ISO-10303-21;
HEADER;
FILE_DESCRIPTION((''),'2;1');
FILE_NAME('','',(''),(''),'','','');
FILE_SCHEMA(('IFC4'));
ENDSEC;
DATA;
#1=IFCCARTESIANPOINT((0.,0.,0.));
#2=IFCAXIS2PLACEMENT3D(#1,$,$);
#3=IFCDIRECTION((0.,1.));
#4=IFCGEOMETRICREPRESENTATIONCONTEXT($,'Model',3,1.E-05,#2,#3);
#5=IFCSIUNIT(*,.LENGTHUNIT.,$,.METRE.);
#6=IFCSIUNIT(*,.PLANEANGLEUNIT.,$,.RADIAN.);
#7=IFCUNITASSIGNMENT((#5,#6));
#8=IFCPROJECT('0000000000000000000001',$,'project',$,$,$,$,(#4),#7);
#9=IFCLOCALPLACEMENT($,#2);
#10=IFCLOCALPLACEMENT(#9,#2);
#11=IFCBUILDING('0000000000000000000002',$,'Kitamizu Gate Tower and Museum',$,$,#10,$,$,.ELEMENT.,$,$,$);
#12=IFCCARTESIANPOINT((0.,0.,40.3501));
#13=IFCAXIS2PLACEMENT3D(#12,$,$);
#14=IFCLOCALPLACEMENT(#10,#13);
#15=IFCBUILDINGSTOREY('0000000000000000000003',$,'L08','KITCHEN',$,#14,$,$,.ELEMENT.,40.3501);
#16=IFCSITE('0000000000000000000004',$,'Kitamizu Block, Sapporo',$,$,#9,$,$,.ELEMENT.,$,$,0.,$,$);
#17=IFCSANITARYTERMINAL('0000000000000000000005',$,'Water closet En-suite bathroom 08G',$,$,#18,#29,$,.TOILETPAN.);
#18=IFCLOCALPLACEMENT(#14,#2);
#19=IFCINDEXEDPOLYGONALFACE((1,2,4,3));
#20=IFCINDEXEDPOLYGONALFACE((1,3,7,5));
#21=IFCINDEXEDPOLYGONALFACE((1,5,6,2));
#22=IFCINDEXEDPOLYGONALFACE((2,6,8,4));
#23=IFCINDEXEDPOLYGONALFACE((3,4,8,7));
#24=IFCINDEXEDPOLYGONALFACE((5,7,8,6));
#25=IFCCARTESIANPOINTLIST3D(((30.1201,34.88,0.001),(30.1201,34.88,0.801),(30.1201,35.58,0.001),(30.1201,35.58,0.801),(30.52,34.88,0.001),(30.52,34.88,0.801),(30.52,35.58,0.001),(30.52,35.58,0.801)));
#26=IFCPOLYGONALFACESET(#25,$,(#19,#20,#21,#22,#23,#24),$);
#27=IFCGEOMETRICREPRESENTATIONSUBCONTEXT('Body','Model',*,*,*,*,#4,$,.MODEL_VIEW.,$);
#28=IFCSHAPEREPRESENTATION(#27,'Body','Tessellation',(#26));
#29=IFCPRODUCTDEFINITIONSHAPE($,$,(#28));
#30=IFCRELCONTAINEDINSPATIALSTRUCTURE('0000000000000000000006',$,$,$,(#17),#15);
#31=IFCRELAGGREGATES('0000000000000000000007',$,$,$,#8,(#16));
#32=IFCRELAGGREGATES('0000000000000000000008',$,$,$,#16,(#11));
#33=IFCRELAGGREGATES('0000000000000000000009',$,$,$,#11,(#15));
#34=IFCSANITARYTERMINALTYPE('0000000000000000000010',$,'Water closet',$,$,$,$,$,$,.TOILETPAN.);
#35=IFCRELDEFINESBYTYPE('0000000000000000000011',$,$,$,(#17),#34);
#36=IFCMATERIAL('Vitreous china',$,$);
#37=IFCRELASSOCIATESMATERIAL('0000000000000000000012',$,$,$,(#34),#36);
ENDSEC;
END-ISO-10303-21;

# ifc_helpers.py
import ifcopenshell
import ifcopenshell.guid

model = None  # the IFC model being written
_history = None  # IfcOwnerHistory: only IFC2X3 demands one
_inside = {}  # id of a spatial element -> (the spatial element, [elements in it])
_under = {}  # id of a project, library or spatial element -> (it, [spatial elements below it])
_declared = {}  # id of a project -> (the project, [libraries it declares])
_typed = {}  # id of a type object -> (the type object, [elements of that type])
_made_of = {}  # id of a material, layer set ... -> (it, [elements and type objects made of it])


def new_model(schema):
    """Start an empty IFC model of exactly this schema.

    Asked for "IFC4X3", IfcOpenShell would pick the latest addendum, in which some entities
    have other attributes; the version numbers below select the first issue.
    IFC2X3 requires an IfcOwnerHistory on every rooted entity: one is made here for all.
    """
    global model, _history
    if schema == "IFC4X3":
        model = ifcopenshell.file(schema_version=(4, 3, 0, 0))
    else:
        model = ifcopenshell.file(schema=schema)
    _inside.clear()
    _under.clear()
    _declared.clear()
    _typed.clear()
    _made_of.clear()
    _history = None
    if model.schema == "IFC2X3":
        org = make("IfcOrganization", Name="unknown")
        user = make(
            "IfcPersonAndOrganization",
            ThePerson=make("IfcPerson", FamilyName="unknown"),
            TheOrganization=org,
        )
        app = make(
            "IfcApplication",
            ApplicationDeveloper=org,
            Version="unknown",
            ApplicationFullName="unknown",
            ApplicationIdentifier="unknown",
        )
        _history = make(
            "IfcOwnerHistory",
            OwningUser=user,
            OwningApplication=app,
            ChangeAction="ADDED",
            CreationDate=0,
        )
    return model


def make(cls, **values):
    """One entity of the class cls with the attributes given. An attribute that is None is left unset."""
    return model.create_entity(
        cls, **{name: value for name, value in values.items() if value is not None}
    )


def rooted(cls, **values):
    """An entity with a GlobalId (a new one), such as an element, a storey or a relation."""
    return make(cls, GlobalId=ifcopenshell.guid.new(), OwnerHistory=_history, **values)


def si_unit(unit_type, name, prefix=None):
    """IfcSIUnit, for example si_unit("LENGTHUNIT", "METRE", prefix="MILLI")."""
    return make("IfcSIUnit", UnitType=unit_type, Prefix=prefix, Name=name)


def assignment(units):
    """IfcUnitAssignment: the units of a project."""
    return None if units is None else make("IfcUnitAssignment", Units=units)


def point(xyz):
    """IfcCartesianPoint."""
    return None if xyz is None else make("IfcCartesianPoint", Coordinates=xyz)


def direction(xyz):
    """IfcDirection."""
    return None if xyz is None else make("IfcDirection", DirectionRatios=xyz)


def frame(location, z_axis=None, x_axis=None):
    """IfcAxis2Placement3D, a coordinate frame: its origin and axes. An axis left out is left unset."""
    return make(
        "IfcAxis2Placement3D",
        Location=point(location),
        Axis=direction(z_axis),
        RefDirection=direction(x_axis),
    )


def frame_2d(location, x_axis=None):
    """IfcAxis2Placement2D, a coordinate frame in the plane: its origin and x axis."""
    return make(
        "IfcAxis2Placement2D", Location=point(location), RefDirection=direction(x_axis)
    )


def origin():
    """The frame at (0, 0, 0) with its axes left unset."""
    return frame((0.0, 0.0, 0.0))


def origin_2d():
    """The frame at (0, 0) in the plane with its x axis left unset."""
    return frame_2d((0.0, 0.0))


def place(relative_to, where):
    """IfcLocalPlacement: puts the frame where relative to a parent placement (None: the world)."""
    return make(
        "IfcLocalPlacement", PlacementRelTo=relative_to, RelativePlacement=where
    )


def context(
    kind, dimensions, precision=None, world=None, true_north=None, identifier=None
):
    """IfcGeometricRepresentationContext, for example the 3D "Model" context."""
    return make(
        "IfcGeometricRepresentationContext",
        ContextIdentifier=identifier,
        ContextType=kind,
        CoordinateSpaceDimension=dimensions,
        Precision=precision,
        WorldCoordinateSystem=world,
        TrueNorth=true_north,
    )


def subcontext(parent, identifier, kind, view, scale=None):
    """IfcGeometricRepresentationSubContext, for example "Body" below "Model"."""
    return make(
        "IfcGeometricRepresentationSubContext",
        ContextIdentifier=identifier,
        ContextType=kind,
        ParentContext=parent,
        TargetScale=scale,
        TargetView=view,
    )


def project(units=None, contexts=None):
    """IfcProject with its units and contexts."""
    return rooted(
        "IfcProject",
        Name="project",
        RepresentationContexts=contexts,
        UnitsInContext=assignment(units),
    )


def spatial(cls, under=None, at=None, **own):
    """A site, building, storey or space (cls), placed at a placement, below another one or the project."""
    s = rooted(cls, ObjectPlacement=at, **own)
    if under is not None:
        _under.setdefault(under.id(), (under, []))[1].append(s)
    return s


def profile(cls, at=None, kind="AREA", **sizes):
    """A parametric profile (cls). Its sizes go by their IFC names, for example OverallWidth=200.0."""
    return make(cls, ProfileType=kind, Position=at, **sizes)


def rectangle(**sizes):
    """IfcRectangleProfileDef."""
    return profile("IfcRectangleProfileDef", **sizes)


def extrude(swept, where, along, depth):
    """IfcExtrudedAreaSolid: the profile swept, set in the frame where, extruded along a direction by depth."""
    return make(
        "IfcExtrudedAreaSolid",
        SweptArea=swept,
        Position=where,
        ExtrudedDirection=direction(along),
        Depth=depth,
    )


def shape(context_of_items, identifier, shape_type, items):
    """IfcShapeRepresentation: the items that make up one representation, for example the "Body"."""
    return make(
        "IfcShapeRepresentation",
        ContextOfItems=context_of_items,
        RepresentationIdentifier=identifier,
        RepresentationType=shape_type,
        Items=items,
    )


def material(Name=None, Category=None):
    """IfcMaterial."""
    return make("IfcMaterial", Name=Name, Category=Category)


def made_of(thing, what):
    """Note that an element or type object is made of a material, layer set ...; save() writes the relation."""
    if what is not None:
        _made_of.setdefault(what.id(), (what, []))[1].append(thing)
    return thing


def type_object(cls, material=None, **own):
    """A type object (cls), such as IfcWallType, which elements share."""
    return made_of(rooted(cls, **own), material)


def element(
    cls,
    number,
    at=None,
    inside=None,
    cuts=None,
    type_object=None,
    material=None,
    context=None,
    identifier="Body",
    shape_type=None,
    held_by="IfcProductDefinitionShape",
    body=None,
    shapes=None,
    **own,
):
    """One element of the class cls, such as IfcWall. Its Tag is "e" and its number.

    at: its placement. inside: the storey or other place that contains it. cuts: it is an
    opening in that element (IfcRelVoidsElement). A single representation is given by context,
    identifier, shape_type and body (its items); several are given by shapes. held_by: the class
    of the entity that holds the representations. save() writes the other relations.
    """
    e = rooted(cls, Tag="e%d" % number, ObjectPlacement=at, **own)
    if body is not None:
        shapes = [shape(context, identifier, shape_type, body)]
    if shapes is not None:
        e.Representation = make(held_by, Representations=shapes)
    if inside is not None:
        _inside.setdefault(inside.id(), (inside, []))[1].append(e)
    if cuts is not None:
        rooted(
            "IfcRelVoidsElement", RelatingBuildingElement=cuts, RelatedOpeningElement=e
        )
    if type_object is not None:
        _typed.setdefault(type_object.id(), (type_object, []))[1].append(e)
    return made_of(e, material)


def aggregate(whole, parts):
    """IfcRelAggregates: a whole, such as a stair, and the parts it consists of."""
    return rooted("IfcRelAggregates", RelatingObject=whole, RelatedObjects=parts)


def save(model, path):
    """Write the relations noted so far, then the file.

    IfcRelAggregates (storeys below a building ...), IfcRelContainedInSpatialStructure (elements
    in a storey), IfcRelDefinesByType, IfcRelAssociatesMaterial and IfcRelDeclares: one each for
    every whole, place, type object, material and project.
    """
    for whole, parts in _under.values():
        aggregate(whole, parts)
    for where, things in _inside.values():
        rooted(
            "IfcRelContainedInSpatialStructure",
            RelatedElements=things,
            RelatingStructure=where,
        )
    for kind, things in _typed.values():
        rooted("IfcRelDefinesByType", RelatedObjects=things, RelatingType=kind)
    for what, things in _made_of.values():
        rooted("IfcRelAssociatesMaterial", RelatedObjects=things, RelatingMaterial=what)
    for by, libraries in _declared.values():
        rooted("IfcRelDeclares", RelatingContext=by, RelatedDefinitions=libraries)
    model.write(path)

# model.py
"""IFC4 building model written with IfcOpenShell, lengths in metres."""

from ifc_helpers import new_model, si_unit, direction, frame, origin, origin_2d, place, context, subcontext, project, spatial, rectangle, extrude, material, type_object, element, save


model = new_model("IFC4")

# Units and contexts
model_context = context("Model", 3, precision=1e-05, world=origin(), true_north=direction((0.0, 1.0)))
body_context = subcontext(model_context, "Body", "Model", "MODEL_VIEW")
ifc_project = project(units=[si_unit("LENGTHUNIT", "METRE"), si_unit("PLANEANGLEUNIT", "RADIAN")], contexts=[model_context])

# Site, building, storey
site_placement = place(None, origin())
site = spatial("IfcSite", under=ifc_project, at=site_placement, Name="Kitamizu Block, Sapporo", CompositionType="ELEMENT", RefElevation=0.0)
building_placement = place(site_placement, origin())
building = spatial("IfcBuilding", under=site, at=building_placement, Name="Kitamizu Gate Tower and Museum", CompositionType="ELEMENT")
storey_placement = place(building_placement, frame((0.0, 0.0, 40.3501)))
storey = spatial("IfcBuildingStorey", under=building, at=storey_placement, Name="L08", Description="KITCHEN", CompositionType="ELEMENT", Elevation=40.3501)

# Sanitary terminal
ifc_material_1 = material(Name="Vitreous china")
sanitary_terminal_type_1 = type_object("IfcSanitaryTerminalType", Name="Water closet", PredefinedType="TOILETPAN", material=ifc_material_1)
sanitary_terminal_1_placement = place(storey_placement, frame((30.3201, 35.23, 0.001), z_axis=(0.0, 0.0, 1.0), x_axis=(1.0, 0.0, 0.0)))
element("IfcSanitaryTerminal", 1, at=sanitary_terminal_1_placement, inside=storey, type_object=sanitary_terminal_type_1, Name="Water closet En-suite bathroom 08G", PredefinedType="TOILETPAN", context=body_context, shape_type="SweptSolid", body=[
    extrude(rectangle(XDim=0.3999, YDim=0.7, at=origin_2d()), origin(), (0.0, 0.0, 1.0), 0.8),
])

save(model, "model.ifc")
